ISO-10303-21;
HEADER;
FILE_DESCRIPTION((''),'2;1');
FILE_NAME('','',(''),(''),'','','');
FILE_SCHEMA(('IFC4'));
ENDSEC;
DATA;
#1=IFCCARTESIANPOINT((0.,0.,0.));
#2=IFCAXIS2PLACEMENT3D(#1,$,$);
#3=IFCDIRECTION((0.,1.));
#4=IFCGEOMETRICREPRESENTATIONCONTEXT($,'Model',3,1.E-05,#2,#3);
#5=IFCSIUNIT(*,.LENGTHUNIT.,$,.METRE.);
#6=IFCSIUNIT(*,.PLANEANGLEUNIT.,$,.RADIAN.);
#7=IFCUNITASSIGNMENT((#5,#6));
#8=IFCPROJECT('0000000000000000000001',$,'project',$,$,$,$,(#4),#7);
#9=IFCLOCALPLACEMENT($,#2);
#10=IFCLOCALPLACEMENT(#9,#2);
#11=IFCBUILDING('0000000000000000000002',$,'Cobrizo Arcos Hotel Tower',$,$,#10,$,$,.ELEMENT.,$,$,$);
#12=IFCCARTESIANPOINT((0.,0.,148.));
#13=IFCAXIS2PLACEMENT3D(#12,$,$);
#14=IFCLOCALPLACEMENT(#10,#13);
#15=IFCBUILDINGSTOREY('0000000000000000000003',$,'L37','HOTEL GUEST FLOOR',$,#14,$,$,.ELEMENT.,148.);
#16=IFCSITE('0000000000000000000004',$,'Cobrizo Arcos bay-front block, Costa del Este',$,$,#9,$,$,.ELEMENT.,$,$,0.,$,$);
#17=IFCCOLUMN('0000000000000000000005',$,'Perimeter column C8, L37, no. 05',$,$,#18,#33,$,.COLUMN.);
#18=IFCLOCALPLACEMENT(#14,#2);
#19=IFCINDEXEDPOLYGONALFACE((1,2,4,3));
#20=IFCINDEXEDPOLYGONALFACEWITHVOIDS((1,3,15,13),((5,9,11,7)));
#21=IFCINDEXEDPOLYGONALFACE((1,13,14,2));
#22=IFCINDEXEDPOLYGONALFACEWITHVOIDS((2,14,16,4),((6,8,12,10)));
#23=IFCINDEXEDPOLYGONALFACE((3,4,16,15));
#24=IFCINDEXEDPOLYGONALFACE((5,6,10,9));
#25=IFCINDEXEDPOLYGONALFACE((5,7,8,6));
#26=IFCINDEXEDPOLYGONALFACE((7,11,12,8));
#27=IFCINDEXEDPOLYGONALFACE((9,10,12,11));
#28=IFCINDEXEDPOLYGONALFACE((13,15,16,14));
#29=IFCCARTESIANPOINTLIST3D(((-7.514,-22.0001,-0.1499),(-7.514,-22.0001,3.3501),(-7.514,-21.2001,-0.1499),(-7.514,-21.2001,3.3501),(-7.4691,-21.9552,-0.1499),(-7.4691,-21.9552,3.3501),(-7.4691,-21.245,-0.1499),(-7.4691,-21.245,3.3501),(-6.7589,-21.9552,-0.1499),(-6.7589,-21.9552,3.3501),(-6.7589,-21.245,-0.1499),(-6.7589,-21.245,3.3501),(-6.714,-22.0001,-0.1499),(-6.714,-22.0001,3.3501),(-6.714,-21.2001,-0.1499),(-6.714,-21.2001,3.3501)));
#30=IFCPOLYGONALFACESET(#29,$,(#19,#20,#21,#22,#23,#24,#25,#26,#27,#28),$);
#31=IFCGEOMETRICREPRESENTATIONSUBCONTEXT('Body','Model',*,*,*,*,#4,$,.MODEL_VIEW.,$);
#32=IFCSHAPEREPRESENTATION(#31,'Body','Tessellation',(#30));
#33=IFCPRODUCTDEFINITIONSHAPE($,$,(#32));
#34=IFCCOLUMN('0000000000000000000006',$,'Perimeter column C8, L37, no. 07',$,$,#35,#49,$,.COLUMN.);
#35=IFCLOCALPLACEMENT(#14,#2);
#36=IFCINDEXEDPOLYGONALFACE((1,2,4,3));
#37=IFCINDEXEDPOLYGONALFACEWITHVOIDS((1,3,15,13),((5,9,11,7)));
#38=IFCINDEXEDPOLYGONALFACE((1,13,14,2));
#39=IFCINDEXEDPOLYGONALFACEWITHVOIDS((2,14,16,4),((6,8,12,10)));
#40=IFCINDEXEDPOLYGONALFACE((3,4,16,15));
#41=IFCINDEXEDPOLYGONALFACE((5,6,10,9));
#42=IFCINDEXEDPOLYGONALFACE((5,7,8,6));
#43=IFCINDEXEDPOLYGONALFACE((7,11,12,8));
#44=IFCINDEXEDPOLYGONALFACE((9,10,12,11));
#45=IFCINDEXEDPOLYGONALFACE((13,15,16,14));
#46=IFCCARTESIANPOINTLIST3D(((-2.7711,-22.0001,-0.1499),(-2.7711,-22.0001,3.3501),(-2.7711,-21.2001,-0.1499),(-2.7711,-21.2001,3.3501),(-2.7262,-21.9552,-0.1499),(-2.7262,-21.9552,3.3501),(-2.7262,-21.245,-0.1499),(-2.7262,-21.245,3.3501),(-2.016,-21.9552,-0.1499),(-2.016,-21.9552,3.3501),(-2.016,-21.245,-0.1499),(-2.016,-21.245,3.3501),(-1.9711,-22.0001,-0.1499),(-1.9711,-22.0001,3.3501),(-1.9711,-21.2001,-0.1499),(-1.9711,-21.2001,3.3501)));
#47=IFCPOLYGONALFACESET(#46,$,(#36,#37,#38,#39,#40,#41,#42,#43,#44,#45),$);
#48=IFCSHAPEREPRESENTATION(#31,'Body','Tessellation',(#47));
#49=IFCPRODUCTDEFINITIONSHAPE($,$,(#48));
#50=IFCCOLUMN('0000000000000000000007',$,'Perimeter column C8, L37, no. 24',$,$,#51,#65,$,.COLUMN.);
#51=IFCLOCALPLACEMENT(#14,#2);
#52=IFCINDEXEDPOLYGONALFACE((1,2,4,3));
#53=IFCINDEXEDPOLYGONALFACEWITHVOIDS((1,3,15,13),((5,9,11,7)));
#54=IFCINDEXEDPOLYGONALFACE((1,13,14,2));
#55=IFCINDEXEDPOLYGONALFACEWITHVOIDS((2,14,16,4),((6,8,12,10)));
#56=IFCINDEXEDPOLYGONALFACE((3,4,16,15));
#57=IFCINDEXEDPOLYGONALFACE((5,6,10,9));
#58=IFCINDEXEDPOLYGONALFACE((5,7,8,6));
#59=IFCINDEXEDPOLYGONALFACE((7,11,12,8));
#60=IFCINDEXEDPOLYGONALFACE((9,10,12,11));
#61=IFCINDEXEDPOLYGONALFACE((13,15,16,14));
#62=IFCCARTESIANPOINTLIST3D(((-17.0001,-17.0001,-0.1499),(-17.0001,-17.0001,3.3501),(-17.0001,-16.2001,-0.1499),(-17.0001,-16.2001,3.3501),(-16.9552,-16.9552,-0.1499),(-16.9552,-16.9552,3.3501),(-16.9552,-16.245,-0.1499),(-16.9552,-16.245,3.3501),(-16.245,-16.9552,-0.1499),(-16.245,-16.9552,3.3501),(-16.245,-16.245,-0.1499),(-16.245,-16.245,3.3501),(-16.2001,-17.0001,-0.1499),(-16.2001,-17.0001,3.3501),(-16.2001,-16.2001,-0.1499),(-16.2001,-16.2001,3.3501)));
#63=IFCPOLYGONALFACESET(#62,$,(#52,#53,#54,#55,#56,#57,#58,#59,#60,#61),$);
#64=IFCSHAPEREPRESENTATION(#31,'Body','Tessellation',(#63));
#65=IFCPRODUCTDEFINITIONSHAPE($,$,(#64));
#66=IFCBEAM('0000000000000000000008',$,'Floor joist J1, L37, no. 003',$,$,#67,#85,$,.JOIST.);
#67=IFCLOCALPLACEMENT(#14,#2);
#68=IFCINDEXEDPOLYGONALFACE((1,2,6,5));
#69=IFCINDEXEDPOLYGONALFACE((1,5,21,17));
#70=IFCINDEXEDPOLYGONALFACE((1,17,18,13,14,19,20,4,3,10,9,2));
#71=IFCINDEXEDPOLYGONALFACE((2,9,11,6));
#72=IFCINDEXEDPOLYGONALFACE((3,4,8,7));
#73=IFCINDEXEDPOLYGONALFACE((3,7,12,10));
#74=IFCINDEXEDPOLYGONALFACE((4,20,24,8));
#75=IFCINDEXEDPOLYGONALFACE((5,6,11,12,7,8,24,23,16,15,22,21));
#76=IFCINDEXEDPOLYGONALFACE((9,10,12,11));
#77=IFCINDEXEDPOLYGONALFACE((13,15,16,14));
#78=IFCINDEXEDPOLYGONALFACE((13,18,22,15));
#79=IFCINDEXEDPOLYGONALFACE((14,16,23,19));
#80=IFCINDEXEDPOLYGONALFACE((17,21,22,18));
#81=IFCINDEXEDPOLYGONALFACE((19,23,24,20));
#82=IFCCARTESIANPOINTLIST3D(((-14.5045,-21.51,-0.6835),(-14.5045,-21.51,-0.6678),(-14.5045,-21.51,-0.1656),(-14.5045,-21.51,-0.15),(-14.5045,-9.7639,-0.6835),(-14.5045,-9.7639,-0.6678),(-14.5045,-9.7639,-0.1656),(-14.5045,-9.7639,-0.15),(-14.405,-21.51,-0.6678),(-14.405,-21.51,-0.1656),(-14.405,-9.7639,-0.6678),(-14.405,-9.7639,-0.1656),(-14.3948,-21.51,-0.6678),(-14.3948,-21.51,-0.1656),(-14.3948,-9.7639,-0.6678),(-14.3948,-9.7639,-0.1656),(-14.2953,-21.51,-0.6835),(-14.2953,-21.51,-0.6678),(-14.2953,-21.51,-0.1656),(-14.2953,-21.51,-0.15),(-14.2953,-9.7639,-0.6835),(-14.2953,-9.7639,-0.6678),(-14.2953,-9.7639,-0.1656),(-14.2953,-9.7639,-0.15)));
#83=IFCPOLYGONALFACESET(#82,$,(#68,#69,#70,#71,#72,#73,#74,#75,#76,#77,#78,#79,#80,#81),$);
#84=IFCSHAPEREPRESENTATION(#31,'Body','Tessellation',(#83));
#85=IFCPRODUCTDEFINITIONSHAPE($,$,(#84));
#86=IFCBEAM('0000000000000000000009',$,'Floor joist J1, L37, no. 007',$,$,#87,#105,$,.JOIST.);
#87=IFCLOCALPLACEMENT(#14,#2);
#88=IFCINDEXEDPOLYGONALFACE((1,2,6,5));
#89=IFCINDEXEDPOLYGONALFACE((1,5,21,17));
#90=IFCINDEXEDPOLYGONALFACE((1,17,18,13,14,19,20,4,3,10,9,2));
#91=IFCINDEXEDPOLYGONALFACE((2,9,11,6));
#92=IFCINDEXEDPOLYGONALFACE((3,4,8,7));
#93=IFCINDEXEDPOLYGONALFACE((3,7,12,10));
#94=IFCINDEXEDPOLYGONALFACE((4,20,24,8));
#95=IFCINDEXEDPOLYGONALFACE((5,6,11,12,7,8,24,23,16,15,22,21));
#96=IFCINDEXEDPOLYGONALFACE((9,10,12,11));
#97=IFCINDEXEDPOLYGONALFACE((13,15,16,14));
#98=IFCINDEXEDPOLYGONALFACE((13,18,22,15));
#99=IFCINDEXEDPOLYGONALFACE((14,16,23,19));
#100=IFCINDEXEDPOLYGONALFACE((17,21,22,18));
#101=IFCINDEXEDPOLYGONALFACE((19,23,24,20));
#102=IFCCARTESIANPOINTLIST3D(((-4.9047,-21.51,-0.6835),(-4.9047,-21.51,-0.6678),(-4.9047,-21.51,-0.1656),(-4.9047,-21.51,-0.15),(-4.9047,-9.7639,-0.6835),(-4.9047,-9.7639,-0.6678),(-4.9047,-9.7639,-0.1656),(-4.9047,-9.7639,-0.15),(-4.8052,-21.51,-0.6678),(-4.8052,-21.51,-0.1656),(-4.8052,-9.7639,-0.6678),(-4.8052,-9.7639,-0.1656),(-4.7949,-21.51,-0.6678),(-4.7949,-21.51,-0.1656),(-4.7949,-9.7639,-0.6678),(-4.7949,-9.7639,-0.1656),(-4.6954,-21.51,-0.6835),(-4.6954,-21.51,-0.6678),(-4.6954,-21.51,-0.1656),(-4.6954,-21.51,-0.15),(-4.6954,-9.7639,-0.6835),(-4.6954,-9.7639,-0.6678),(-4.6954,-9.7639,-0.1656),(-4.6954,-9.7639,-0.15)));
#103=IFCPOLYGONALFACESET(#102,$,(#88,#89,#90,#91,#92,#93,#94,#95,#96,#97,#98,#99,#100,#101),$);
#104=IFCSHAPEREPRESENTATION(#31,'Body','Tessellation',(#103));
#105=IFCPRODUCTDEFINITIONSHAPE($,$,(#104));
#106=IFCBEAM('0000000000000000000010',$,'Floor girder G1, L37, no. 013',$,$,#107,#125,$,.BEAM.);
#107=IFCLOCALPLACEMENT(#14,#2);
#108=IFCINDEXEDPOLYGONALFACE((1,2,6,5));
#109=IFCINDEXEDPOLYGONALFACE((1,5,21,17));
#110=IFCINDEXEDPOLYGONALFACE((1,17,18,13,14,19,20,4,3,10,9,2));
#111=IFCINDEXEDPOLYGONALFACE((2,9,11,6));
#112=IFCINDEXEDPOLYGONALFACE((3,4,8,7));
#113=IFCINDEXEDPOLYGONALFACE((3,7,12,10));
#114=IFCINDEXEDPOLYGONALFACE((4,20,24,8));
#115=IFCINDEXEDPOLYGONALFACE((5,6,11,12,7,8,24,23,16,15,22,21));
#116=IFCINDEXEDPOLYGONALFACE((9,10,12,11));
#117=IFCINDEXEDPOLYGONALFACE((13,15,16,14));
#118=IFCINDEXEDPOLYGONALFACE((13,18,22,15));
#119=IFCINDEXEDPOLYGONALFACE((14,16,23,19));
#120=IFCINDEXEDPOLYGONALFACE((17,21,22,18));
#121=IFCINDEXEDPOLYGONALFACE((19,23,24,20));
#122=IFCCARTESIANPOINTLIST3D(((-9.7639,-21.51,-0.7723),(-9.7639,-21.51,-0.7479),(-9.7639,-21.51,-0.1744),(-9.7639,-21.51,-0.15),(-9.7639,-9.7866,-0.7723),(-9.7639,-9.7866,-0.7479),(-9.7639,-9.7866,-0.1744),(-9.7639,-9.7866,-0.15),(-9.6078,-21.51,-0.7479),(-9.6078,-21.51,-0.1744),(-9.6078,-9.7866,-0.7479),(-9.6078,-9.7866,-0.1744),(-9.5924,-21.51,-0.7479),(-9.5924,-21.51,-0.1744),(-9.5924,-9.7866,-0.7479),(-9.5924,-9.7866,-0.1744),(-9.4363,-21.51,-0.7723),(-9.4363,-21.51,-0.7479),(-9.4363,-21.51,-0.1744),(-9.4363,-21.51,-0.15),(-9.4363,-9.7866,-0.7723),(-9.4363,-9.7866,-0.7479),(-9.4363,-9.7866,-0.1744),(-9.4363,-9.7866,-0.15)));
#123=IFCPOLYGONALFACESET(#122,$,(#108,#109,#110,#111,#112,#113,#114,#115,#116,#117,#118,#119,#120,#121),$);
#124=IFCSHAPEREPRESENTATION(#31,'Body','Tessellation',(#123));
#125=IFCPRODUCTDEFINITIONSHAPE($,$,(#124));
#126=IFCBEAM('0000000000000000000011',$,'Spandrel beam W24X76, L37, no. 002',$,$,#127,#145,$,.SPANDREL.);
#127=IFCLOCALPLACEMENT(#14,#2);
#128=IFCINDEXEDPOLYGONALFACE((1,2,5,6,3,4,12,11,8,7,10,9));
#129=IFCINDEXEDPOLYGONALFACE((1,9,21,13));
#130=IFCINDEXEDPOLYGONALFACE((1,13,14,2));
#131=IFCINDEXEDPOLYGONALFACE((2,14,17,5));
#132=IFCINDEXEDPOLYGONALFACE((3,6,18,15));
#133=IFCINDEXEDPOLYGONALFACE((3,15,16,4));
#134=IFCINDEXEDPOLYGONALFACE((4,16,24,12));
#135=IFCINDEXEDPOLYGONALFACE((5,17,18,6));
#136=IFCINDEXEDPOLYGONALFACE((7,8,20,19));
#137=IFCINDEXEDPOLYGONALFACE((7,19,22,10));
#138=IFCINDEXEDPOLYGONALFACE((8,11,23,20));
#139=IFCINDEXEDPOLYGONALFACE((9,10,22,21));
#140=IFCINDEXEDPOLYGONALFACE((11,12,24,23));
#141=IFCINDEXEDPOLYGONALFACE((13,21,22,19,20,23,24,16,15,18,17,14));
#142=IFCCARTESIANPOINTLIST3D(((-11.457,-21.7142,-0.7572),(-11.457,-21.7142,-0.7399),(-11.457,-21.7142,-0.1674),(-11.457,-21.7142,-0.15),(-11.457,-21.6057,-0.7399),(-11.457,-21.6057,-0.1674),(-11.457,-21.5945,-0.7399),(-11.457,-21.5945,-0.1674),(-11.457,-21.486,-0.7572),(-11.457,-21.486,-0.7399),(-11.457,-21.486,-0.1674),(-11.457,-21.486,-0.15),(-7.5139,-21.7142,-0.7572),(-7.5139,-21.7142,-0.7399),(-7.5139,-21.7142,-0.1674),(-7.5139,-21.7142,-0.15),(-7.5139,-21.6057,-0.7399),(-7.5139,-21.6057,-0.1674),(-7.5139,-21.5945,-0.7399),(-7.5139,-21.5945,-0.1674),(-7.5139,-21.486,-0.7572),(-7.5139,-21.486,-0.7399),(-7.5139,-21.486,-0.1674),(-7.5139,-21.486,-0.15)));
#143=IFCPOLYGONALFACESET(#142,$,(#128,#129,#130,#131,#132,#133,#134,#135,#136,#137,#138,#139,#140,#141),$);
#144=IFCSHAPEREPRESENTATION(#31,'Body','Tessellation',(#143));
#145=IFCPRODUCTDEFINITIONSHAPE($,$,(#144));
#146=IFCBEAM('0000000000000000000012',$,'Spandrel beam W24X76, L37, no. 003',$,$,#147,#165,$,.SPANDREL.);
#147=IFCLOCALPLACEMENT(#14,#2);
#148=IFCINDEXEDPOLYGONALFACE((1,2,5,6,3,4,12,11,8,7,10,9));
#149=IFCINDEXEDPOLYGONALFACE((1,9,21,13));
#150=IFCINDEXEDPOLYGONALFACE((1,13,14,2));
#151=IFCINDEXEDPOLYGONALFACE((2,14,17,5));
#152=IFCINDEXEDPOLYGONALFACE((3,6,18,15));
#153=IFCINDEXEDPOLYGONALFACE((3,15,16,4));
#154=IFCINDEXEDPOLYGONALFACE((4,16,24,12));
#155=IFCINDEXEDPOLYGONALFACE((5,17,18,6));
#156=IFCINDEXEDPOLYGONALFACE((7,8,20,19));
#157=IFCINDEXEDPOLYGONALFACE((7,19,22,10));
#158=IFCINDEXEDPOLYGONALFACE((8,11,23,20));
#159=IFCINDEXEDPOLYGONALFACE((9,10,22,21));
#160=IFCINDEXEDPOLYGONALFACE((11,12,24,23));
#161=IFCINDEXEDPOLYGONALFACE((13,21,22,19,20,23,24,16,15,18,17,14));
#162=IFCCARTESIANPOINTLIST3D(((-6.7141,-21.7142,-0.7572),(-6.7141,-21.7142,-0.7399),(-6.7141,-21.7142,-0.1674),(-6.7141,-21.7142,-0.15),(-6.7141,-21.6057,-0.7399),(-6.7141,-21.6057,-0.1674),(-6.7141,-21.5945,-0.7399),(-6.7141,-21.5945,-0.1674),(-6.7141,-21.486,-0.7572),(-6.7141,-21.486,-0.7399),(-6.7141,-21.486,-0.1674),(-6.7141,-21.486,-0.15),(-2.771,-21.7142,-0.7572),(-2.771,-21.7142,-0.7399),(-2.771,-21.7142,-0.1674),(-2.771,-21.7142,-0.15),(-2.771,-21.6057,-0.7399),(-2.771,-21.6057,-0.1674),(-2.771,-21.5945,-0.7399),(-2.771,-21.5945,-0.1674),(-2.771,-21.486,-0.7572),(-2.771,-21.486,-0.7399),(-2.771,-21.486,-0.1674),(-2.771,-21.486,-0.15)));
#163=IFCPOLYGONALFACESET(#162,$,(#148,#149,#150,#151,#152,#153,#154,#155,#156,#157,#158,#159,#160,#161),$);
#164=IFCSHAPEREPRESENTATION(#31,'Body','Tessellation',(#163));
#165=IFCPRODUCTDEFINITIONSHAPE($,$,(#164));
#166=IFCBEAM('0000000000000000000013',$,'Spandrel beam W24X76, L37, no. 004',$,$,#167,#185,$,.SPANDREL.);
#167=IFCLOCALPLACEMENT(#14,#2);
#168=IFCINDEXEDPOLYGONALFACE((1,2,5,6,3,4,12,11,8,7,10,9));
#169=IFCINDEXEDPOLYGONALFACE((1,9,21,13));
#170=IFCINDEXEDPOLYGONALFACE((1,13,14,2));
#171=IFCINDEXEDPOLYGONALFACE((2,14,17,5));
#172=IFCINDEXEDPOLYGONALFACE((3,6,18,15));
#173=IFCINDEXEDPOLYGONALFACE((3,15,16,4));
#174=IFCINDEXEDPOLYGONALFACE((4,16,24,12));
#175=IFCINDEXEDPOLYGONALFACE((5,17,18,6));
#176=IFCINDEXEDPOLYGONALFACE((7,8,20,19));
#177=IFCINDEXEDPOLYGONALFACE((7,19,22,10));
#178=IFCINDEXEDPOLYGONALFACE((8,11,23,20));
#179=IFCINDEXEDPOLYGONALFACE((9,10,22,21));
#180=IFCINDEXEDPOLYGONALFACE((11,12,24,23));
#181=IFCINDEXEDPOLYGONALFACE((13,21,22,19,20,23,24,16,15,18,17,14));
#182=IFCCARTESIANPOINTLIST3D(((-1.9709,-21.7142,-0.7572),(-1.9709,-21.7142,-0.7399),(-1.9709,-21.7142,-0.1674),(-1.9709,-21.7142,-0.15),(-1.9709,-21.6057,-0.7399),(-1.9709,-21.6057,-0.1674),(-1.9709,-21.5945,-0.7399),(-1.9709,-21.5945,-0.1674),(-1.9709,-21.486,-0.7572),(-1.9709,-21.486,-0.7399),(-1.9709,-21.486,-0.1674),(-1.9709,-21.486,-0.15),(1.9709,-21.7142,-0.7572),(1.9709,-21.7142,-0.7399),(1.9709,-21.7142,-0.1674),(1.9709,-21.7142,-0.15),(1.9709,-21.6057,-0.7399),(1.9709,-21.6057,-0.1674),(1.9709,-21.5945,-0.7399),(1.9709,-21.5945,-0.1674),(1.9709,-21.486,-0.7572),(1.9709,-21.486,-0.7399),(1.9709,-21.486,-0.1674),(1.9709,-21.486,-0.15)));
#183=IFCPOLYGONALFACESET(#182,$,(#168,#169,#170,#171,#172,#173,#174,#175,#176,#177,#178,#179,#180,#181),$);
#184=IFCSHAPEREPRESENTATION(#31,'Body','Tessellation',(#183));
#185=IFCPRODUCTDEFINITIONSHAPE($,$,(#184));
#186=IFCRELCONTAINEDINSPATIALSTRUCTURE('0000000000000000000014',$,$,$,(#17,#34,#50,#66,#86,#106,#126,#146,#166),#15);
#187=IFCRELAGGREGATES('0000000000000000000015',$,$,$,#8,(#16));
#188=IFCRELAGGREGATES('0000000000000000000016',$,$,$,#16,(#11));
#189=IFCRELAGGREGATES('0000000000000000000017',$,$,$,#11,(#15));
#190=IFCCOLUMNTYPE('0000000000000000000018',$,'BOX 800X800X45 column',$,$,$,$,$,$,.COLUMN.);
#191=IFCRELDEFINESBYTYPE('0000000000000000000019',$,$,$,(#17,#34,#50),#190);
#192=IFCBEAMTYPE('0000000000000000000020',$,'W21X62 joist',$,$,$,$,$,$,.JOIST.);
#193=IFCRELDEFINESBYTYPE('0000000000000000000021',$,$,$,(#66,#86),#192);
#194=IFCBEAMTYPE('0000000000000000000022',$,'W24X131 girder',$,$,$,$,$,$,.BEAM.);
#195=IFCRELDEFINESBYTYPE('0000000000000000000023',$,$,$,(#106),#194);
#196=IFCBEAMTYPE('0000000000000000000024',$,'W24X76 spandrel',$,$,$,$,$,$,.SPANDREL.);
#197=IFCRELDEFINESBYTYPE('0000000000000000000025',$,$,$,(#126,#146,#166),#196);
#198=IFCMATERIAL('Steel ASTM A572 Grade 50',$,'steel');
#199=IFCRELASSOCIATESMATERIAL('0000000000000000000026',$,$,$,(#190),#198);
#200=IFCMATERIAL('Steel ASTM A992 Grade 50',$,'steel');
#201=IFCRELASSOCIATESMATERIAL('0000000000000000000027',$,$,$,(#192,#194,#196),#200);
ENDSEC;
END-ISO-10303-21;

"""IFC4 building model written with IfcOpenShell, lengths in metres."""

from ifc_helpers import new_model, si_unit, direction, frame, origin, origin_2d, place, context, subcontext, project, spatial, hollow_rectangle, i_section, extrude, material, material_profile, profile_set, type_object, element, save


model = new_model("IFC4")

# Units and contexts
model_context = context("Model", 3, precision=1e-05, world=origin(), true_north=direction((0.0, 1.0)))
body_context = subcontext(model_context, "Body", "Model", "MODEL_VIEW")
ifc_project = project(units=[si_unit("LENGTHUNIT", "METRE"), si_unit("PLANEANGLEUNIT", "RADIAN")], contexts=[model_context])

# Site, building, storey
site_placement = place(None, origin())
site = spatial("IfcSite", under=ifc_project, at=site_placement, Name="Cobrizo Arcos bay-front block, Costa del Este", CompositionType="ELEMENT", RefElevation=0.0)
building_placement = place(site_placement, origin())
building = spatial("IfcBuilding", under=site, at=building_placement, Name="Cobrizo Arcos Hotel Tower", CompositionType="ELEMENT")
storey_placement = place(building_placement, frame((0.0, 0.0, 148.0)))
storey = spatial("IfcBuildingStorey", under=building, at=storey_placement, Name="L37", Description="HOTEL GUEST FLOOR", CompositionType="ELEMENT", Elevation=148.0)

# Columns
ifc_material_1 = material(Name="Steel ASTM A572 Grade 50", Category="steel")
ifc_material_profile_1 = material_profile(ifc_material_1, hollow_rectangle(XDim=0.8, YDim=0.8, WallThickness=0.0449, at=origin_2d()), Name="BOX 800X800X45")
ifc_profile_set_1 = profile_set([ifc_material_profile_1], Name="Steel ASTM A572 Grade 50")
column_type = type_object("IfcColumnType", Name="BOX 800X800X45 column", PredefinedType="COLUMN", material=ifc_profile_set_1)
for number, where, z_axis, x_axis, name in (
    (1, (-7.114, -21.6001, -0.1499), (0.0, 0.0, 1.0), (1.0, 0.0, 0.0), "Perimeter column C8, L37, no. 05"),
    (2, (-2.3711, -21.6001, -0.1499), (0.0, 0.0, 1.0), (1.0, 0.0, 0.0), "Perimeter column C8, L37, no. 07"),
    (3, (-16.6001, -16.6001, -0.1499), (0.0, 0.0, 1.0), (1.0, 0.0, 0.0), "Perimeter column C8, L37, no. 24"),
):
    element("IfcColumn", number, at=place(storey_placement, frame(where, z_axis=z_axis, x_axis=x_axis)), inside=storey, type_object=column_type, Name=name, PredefinedType="COLUMN", context=body_context, shape_type="SweptSolid", body=[
        extrude(hollow_rectangle(XDim=0.8, YDim=0.8, WallThickness=0.0449, at=origin_2d()), origin(), (0.0, 0.0, 1.0), 3.5),
    ])

# Beams
ifc_material_2 = material(Name="Steel ASTM A992 Grade 50", Category="steel")
ifc_material_profile_2 = material_profile(ifc_material_2, i_section(OverallWidth=0.2092, OverallDepth=0.5334, WebThickness=0.0103, FlangeThickness=0.0156, at=origin_2d()), Name="W21X62")
ifc_profile_set_2 = profile_set([ifc_material_profile_2], Name="Steel ASTM A992 Grade 50")
beam_type_1 = type_object("IfcBeamType", Name="W21X62 joist", PredefinedType="JOIST", material=ifc_profile_set_2)
for number, where, z_axis, x_axis, name in (
    (4, (-14.3999, -21.51, -0.4167), (0.0, 1.0, 0.0), (-1.0, 0.0, 0.0), "Floor joist J1, L37, no. 003"),
    (5, (-4.8, -21.51, -0.4167), (0.0, 1.0, 0.0), (-1.0, 0.0, 0.0), "Floor joist J1, L37, no. 007"),
):
    element("IfcBeam", number, at=place(storey_placement, frame(where, z_axis=z_axis, x_axis=x_axis)), inside=storey, type_object=beam_type_1, Name=name, PredefinedType="JOIST", context=body_context, shape_type="SweptSolid", body=[
        extrude(i_section(OverallWidth=0.2092, OverallDepth=0.5334, WebThickness=0.0103, FlangeThickness=0.0156, at=origin_2d()), origin(), (0.0, 0.0, 1.0), 11.7461),
    ])
ifc_material_profile_3 = material_profile(ifc_material_2, i_section(OverallWidth=0.3276, OverallDepth=0.6223, WebThickness=0.0154, FlangeThickness=0.0244, at=origin_2d()), Name="W24X131")
ifc_profile_set_3 = profile_set([ifc_material_profile_3], Name="Steel ASTM A992 Grade 50")
beam_type_2 = type_object("IfcBeamType", Name="W24X131 girder", PredefinedType="BEAM", material=ifc_profile_set_3)
beam_1_placement = place(storey_placement, frame((-9.6001, -21.51, -0.4612), z_axis=(0.0, 1.0, 0.0), x_axis=(-1.0, 0.0, 0.0)))
element("IfcBeam", 6, at=beam_1_placement, inside=storey, type_object=beam_type_2, Name="Floor girder G1, L37, no. 013", PredefinedType="BEAM", context=body_context, shape_type="SweptSolid", body=[
    extrude(i_section(OverallWidth=0.3276, OverallDepth=0.6223, WebThickness=0.0154, FlangeThickness=0.0244, at=origin_2d()), origin(), (0.0, 0.0, 1.0), 11.7234),
])
ifc_material_profile_4 = material_profile(ifc_material_2, i_section(OverallWidth=0.2283, OverallDepth=0.6072, WebThickness=0.0112, FlangeThickness=0.0173, at=origin_2d()), Name="W24X76")
ifc_profile_set_4 = profile_set([ifc_material_profile_4], Name="Steel ASTM A992 Grade 50")
beam_type_3 = type_object("IfcBeamType", Name="W24X76 spandrel", PredefinedType="SPANDREL", material=ifc_profile_set_4)
for number, where, z_axis, x_axis, name in (
    (7, (-11.457, -21.6001, -0.4536), (1.0, 0.0, 0.0), (0.0, 1.0, 0.0), "Spandrel beam W24X76, L37, no. 002"),
    (8, (-6.7141, -21.6001, -0.4536), (1.0, 0.0, 0.0), (0.0, 1.0, 0.0), "Spandrel beam W24X76, L37, no. 003"),
):
    element("IfcBeam", number, at=place(storey_placement, frame(where, z_axis=z_axis, x_axis=x_axis)), inside=storey, type_object=beam_type_3, Name=name, PredefinedType="SPANDREL", context=body_context, shape_type="SweptSolid", body=[
        extrude(i_section(OverallWidth=0.2283, OverallDepth=0.6072, WebThickness=0.0112, FlangeThickness=0.0173, at=origin_2d()), origin(), (0.0, 0.0, 1.0), 3.9431),
    ])
beam_2_placement = place(storey_placement, frame((-1.9709, -21.6001, -0.4536), z_axis=(1.0, 0.0, 0.0), x_axis=(0.0, 1.0, 0.0)))
element("IfcBeam", 9, at=beam_2_placement, inside=storey, type_object=beam_type_3, Name="Spandrel beam W24X76, L37, no. 004", PredefinedType="SPANDREL", context=body_context, shape_type="SweptSolid", body=[
    extrude(i_section(OverallWidth=0.2283, OverallDepth=0.6072, WebThickness=0.0112, FlangeThickness=0.0173, at=origin_2d()), origin(), (0.0, 0.0, 1.0), 3.9419),
])

save(model, "model.ifc")
